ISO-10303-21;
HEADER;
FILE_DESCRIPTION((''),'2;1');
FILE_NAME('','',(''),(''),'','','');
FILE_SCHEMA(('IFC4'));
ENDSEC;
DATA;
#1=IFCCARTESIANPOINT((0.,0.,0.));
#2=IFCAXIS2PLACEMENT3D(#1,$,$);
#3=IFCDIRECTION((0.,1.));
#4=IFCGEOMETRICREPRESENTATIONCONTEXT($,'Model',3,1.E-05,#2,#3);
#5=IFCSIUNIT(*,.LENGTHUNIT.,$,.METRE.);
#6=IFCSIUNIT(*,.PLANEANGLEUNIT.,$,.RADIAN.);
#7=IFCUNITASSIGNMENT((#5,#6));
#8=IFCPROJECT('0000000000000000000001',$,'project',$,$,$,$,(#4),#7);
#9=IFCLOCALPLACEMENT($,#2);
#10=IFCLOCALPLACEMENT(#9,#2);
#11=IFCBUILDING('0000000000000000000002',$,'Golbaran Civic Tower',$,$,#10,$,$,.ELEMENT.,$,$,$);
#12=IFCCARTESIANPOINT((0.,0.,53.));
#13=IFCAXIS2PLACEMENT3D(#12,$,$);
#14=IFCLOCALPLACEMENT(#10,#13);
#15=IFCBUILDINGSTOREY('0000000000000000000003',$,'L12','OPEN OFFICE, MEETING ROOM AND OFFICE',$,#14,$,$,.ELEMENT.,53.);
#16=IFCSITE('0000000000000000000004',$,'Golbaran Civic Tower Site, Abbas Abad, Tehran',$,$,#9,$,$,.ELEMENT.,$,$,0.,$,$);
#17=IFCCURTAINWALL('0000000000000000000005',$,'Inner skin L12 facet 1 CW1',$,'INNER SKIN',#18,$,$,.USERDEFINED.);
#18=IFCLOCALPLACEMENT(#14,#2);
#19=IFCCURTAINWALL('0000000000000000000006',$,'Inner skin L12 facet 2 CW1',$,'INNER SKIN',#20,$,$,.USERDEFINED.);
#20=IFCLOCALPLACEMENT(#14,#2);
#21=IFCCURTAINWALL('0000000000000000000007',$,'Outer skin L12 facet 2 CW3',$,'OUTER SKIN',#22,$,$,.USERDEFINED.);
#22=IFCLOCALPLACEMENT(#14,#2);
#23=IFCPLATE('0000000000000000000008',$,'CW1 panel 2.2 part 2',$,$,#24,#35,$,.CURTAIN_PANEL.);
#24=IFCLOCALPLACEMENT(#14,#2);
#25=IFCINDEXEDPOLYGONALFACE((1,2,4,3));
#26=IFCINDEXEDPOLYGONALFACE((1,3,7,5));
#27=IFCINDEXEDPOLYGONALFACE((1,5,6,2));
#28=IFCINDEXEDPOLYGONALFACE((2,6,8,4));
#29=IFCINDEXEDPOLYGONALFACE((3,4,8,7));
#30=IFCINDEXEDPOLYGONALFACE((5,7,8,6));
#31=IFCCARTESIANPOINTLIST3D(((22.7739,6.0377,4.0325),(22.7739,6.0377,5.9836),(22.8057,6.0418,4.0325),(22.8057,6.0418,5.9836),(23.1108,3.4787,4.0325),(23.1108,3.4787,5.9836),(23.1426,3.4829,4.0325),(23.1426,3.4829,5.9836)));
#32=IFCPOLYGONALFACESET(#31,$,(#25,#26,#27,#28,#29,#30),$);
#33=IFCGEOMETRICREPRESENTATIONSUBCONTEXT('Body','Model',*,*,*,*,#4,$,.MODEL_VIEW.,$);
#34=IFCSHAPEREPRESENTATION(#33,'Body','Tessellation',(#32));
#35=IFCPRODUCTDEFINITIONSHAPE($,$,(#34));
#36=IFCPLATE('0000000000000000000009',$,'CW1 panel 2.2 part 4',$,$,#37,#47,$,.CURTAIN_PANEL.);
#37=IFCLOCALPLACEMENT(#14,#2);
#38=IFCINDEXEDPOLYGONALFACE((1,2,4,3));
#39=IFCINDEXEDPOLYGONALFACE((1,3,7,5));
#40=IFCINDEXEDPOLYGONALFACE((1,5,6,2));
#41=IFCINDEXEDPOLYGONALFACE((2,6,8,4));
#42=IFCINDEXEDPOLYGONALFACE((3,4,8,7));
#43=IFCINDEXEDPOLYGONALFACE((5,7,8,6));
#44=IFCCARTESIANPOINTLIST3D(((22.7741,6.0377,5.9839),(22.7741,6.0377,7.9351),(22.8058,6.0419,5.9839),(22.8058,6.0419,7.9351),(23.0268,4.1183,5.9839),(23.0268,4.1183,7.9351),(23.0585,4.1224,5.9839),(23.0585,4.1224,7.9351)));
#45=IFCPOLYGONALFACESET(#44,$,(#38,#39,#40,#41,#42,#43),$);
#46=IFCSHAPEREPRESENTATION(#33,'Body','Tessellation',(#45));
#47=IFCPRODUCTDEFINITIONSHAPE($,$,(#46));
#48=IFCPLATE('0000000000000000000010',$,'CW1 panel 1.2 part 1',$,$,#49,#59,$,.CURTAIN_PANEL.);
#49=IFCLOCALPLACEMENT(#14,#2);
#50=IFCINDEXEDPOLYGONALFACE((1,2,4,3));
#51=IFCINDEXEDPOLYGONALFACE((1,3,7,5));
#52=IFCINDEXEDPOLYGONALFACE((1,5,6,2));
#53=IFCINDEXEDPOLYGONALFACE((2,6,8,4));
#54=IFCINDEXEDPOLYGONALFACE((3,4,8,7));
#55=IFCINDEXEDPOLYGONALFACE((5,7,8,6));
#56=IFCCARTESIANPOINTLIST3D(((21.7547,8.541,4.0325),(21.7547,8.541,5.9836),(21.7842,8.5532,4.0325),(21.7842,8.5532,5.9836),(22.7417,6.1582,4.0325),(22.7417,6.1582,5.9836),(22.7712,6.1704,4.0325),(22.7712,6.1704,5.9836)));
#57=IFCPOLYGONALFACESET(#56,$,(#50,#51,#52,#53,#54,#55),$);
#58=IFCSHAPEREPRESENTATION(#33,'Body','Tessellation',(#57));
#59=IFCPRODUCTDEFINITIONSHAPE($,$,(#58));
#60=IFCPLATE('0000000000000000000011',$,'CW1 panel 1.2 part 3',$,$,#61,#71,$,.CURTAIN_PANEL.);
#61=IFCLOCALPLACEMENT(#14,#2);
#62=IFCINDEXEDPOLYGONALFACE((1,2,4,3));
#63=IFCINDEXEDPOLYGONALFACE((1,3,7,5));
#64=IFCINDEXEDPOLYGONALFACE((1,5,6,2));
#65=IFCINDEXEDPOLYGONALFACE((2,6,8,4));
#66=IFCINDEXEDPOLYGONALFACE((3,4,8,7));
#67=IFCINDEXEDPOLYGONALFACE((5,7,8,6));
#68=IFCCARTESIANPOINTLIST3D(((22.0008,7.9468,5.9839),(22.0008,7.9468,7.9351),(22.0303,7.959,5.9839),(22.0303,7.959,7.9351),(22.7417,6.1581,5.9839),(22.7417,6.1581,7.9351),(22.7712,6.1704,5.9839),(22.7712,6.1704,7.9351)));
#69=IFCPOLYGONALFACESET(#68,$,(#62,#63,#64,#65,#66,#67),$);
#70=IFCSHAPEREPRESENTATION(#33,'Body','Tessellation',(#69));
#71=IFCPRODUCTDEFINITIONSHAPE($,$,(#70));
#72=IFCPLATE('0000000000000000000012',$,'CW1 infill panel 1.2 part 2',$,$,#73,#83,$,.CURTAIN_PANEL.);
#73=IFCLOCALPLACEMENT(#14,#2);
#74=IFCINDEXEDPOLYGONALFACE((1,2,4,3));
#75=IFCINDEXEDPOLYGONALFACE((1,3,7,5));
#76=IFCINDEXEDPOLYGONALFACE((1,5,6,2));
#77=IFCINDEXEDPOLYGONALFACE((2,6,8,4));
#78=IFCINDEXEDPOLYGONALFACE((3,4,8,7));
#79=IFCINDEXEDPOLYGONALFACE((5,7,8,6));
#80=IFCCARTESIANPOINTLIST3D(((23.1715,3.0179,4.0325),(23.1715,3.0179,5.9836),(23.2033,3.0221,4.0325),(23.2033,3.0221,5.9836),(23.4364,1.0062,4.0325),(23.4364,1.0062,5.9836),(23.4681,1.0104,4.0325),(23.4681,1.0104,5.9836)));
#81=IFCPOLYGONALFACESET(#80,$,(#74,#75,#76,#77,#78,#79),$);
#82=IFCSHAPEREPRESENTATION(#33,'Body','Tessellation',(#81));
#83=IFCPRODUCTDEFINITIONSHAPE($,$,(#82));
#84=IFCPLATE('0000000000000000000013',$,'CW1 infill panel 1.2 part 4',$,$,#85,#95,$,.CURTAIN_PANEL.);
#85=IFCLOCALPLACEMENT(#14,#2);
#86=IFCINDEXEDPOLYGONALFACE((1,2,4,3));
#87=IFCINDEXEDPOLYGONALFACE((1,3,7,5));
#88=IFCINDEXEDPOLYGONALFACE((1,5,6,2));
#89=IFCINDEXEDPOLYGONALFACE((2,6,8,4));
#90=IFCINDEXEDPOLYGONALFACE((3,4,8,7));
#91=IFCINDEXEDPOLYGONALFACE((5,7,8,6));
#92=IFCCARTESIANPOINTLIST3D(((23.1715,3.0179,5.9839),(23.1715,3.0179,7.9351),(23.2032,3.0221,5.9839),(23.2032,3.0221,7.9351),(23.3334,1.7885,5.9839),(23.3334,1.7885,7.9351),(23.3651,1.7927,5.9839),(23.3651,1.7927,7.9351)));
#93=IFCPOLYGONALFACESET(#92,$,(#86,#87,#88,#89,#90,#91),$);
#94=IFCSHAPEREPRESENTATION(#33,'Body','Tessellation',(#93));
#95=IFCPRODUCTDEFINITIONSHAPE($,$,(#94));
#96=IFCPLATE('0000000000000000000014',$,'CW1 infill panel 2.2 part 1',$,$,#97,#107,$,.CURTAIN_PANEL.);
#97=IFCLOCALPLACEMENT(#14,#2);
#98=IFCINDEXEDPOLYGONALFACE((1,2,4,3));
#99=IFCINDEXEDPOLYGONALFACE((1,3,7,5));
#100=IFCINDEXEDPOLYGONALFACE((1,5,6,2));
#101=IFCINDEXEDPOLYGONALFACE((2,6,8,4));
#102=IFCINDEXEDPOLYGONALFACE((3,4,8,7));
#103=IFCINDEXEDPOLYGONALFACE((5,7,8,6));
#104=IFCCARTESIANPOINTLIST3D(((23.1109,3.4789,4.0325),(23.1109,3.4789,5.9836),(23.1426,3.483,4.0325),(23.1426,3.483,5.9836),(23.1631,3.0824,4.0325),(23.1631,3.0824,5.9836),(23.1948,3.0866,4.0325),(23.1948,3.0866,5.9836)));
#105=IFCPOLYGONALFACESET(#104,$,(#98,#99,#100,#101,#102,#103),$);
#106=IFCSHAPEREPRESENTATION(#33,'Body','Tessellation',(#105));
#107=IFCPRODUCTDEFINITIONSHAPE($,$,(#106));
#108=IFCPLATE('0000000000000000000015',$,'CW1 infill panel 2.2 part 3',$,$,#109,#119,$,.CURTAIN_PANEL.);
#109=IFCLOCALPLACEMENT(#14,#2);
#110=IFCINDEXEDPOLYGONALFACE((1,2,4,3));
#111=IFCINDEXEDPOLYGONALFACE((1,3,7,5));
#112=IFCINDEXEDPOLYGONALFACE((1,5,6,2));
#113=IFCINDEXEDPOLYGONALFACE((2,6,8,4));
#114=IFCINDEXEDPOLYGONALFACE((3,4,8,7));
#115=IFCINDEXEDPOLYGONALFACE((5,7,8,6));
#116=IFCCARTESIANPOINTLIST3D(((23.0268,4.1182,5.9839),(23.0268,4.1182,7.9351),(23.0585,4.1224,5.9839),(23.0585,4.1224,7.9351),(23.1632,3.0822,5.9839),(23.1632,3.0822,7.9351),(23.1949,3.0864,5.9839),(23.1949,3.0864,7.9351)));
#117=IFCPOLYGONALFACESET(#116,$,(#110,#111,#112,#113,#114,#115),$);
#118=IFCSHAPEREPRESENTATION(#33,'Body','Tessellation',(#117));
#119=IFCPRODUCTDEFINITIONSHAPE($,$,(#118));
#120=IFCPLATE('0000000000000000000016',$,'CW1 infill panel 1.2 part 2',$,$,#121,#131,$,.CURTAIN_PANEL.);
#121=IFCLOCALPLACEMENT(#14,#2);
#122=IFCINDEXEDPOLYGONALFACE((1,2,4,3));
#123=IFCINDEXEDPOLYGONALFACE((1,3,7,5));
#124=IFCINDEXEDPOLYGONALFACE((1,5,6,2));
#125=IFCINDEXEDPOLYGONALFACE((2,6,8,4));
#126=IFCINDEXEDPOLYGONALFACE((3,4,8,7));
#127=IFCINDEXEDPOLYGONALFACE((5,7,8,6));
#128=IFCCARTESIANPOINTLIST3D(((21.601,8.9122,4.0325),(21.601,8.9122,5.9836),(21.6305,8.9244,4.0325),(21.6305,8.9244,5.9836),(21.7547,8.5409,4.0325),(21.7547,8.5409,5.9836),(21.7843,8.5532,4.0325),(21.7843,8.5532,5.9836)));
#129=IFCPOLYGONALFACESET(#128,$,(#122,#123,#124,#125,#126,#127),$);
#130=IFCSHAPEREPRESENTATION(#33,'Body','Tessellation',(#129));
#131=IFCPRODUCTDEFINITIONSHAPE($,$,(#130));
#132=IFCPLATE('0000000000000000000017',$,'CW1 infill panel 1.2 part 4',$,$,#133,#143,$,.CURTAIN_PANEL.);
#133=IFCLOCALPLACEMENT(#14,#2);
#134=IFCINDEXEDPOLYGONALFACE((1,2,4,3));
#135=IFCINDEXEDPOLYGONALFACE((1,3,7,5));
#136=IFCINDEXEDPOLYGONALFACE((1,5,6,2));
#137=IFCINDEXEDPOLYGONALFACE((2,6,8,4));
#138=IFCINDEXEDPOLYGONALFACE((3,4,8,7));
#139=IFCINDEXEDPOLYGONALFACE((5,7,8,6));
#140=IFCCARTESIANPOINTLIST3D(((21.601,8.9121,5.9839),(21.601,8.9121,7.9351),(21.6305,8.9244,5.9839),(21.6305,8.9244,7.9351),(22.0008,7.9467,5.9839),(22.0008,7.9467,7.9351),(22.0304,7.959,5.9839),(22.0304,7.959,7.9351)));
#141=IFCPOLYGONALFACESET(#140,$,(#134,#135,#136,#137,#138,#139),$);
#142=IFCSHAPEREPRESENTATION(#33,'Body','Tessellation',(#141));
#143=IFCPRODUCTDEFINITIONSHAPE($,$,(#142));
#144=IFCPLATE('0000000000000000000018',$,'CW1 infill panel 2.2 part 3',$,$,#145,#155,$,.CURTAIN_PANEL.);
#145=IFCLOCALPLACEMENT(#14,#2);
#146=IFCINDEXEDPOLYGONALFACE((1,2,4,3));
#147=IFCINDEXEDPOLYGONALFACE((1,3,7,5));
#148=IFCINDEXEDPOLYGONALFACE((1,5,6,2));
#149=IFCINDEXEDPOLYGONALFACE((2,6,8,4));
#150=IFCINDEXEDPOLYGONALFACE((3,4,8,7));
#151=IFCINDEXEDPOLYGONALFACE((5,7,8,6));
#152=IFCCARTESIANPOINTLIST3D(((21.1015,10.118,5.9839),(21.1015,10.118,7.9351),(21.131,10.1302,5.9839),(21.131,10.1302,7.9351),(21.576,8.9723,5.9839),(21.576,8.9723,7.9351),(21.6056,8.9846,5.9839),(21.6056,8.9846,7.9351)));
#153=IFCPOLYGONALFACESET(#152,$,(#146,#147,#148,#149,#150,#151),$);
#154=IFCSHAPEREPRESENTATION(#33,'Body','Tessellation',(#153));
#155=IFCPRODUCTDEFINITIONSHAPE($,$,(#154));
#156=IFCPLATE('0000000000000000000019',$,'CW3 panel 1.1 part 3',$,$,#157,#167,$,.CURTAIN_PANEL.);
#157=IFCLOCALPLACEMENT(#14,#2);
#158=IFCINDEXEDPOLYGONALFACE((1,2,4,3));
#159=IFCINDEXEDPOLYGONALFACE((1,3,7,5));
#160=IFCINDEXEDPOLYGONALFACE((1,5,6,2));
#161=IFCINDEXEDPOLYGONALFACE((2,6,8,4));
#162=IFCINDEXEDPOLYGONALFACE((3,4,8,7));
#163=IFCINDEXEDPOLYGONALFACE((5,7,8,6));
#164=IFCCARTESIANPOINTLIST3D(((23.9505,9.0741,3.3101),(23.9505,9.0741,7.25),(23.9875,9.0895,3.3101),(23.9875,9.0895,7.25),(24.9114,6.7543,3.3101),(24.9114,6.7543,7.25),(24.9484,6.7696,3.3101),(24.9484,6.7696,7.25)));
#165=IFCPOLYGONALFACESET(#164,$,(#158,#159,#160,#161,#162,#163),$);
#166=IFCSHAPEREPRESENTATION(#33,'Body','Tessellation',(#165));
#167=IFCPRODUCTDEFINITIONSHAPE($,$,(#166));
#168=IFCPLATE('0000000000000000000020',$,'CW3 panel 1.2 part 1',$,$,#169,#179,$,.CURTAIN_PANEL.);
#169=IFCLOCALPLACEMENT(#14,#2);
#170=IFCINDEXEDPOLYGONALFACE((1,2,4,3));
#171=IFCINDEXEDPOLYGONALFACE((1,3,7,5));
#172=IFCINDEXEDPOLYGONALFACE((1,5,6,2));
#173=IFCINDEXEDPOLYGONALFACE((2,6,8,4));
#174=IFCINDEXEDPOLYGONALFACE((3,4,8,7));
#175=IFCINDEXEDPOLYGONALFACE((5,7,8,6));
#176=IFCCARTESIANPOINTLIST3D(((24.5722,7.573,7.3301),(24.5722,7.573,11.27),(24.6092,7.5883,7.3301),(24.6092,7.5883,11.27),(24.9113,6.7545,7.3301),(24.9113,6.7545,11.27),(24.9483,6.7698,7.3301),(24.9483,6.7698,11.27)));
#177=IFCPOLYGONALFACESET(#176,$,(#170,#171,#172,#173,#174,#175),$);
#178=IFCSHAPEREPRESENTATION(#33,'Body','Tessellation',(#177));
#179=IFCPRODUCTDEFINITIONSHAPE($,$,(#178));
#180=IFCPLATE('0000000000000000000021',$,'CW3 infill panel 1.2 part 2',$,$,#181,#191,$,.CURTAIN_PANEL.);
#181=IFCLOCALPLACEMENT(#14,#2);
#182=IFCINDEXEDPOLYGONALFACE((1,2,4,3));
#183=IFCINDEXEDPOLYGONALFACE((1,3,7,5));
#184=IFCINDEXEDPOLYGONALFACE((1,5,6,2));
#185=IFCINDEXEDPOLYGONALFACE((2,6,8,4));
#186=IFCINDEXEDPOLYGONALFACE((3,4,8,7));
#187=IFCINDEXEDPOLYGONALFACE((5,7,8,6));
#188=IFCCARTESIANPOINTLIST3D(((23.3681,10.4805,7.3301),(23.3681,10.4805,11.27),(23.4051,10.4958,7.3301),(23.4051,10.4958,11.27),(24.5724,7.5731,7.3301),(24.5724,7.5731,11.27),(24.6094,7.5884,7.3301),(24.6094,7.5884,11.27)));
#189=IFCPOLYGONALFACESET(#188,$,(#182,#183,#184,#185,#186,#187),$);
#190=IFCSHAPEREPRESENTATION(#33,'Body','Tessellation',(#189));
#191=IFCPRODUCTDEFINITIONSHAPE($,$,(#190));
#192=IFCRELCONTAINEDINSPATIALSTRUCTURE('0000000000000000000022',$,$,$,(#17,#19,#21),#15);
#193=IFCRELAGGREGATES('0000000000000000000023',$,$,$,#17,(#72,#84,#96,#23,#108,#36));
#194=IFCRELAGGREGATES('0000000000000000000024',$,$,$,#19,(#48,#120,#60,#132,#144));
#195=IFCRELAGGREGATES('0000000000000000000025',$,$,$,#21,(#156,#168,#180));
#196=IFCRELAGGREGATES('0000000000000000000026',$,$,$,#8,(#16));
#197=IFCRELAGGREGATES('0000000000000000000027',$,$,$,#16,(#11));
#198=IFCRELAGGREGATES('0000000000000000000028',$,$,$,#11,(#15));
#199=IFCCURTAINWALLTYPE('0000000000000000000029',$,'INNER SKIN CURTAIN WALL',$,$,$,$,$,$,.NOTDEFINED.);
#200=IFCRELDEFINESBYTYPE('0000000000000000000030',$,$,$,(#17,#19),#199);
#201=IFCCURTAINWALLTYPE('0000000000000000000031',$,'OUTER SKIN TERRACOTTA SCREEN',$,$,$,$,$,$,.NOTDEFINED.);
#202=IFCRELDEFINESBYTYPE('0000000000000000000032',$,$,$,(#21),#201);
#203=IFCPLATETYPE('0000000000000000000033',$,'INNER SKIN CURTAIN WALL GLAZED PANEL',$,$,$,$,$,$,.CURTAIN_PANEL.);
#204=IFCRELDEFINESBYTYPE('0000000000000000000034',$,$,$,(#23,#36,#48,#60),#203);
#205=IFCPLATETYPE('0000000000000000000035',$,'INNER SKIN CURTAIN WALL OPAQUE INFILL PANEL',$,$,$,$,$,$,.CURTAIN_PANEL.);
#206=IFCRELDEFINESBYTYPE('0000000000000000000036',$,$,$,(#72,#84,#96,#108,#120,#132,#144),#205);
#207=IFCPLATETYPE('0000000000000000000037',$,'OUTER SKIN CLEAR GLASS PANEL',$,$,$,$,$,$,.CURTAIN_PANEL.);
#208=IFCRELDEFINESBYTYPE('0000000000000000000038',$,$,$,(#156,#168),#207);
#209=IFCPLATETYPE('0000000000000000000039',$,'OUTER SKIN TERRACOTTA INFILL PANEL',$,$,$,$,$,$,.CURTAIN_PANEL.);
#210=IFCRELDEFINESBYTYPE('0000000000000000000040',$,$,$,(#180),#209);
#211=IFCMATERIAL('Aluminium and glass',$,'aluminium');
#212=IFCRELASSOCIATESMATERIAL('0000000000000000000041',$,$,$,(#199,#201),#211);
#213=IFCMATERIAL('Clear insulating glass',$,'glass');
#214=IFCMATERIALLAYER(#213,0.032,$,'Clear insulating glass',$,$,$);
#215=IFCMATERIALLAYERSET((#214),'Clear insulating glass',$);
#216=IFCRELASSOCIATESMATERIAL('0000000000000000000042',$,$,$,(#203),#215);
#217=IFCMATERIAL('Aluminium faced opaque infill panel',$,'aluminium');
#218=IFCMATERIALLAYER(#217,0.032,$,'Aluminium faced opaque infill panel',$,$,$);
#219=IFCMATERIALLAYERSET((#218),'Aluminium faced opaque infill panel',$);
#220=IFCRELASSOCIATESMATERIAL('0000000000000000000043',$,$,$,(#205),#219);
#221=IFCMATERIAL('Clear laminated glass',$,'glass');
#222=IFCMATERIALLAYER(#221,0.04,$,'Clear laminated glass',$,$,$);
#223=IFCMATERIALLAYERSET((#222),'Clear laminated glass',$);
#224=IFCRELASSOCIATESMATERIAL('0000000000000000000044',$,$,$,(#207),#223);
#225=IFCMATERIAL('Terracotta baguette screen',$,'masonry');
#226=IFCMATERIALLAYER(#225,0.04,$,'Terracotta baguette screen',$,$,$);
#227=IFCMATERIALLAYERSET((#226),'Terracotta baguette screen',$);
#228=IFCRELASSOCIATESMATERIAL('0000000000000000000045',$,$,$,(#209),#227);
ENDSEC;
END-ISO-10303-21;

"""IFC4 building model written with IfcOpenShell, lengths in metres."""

from ifc_helpers import new_model, si_unit, direction, frame, origin, origin_2d, place, context, subcontext, project, spatial, rectangle, extrude, material, layer, layer_set, type_object, element, aggregate, save


model = new_model("IFC4")

# Units and contexts
model_context = context("Model", 3, precision=1e-05, world=origin(), true_north=direction((0.0, 1.0)))
body_context = subcontext(model_context, "Body", "Model", "MODEL_VIEW")
ifc_project = project(units=[si_unit("LENGTHUNIT", "METRE"), si_unit("PLANEANGLEUNIT", "RADIAN")], contexts=[model_context])

# Site, building, storey
site_placement = place(None, origin())
site = spatial("IfcSite", under=ifc_project, at=site_placement, Name="Golbaran Civic Tower Site, Abbas Abad, Tehran", CompositionType="ELEMENT", RefElevation=0.0)
building_placement = place(site_placement, origin())
building = spatial("IfcBuilding", under=site, at=building_placement, Name="Golbaran Civic Tower", CompositionType="ELEMENT")
storey_placement = place(building_placement, frame((0.0, 0.0, 53.0)))
storey = spatial("IfcBuildingStorey", under=building, at=storey_placement, Name="L12", Description="OPEN OFFICE, MEETING ROOM AND OFFICE", CompositionType="ELEMENT", Elevation=53.0)

# Curtain walls
ifc_material_1 = material(Name="Aluminium and glass", Category="aluminium")
curtain_wall_type_1 = type_object("IfcCurtainWallType", Name="INNER SKIN CURTAIN WALL", PredefinedType="NOTDEFINED", material=ifc_material_1)
curtain_wall_1_placement = place(storey_placement, origin())
curtain_wall_1 = element("IfcCurtainWall", 1, at=curtain_wall_1_placement, inside=storey, type_object=curtain_wall_type_1, Name="Inner skin L12 facet 1 CW1", ObjectType="INNER SKIN", PredefinedType="USERDEFINED")
curtain_wall_2_placement = place(storey_placement, origin())
curtain_wall_2 = element("IfcCurtainWall", 2, at=curtain_wall_2_placement, inside=storey, type_object=curtain_wall_type_1, Name="Inner skin L12 facet 2 CW1", ObjectType="INNER SKIN", PredefinedType="USERDEFINED")
curtain_wall_type_2 = type_object("IfcCurtainWallType", Name="OUTER SKIN TERRACOTTA SCREEN", PredefinedType="NOTDEFINED", material=ifc_material_1)
curtain_wall_3_placement = place(storey_placement, origin())
curtain_wall_3 = element("IfcCurtainWall", 3, at=curtain_wall_3_placement, inside=storey, type_object=curtain_wall_type_2, Name="Outer skin L12 facet 2 CW3", ObjectType="OUTER SKIN", PredefinedType="USERDEFINED")

# Plates
ifc_material_2 = material(Name="Clear insulating glass", Category="glass")
ifc_layer_1 = layer(ifc_material_2, 0.032, Name="Clear insulating glass")
ifc_layer_set_1 = layer_set([ifc_layer_1], Name="Clear insulating glass")
plate_type_1 = type_object("IfcPlateType", Name="INNER SKIN CURTAIN WALL GLAZED PANEL", PredefinedType="CURTAIN_PANEL", material=ifc_layer_set_1)
plate_1_placement = place(storey_placement, frame((22.9583, 4.7603, 4.0325), z_axis=(0.0, 0.0, 1.0), x_axis=(-0.130526, 0.991445, 0.0)))
plate_1 = element("IfcPlate", 4, at=plate_1_placement, type_object=plate_type_1, Name="CW1 panel 2.2 part 2", PredefinedType="CURTAIN_PANEL", context=body_context, shape_type="SweptSolid", body=[
    extrude(rectangle(XDim=2.5811, YDim=0.032, at=origin_2d()), origin(), (0.0, 0.0, 1.0), 1.9512),
])
plate_2_placement = place(storey_placement, frame((22.9163, 5.0801, 5.9839), z_axis=(0.0, 0.0, 1.0), x_axis=(-0.130526, 0.991445, 0.0)))
plate_2 = element("IfcPlate", 5, at=plate_2_placement, type_object=plate_type_1, Name="CW1 panel 2.2 part 4", PredefinedType="CURTAIN_PANEL", context=body_context, shape_type="SweptSolid", body=[
    extrude(rectangle(XDim=1.936, YDim=0.032, at=origin_2d()), origin(), (0.0, 0.0, 1.0), 1.9512),
])
plate_3_placement = place(storey_placement, frame((22.2629, 7.3557, 4.0325), z_axis=(0.0, 0.0, 1.0), x_axis=(-0.382683, 0.92388, 0.0)))
plate_3 = element("IfcPlate", 6, at=plate_3_placement, type_object=plate_type_1, Name="CW1 panel 1.2 part 1", PredefinedType="CURTAIN_PANEL", context=body_context, shape_type="SweptSolid", body=[
    extrude(rectangle(XDim=2.5791, YDim=0.032, at=origin_2d()), origin(), (0.0, 0.0, 1.0), 1.9512),
])
plate_4_placement = place(storey_placement, frame((22.386, 7.0586, 5.9839), z_axis=(0.0, 0.0, 1.0), x_axis=(-0.382683, 0.92388, 0.0)))
plate_4 = element("IfcPlate", 7, at=plate_4_placement, type_object=plate_type_1, Name="CW1 panel 1.2 part 3", PredefinedType="CURTAIN_PANEL", context=body_context, shape_type="SweptSolid", body=[
    extrude(rectangle(XDim=1.936, YDim=0.032, at=origin_2d()), origin(), (0.0, 0.0, 1.0), 1.9512),
])
ifc_material_3 = material(Name="Aluminium faced opaque infill panel", Category="aluminium")
ifc_layer_2 = layer(ifc_material_3, 0.032, Name="Aluminium faced opaque infill panel")
ifc_layer_set_2 = layer_set([ifc_layer_2], Name="Aluminium faced opaque infill panel")
plate_type_2 = type_object("IfcPlateType", Name="INNER SKIN CURTAIN WALL OPAQUE INFILL PANEL", PredefinedType="CURTAIN_PANEL", material=ifc_layer_set_2)
plate_5_placement = place(storey_placement, frame((23.3198, 2.0142, 4.0325), z_axis=(0.0, 0.0, 1.0), x_axis=(-0.130526, 0.991445, 0.0)))
plate_5 = element("IfcPlate", 8, at=plate_5_placement, type_object=plate_type_2, Name="CW1 infill panel 1.2 part 2", PredefinedType="CURTAIN_PANEL", context=body_context, shape_type="SweptSolid", body=[
    extrude(rectangle(XDim=2.0291, YDim=0.032, at=origin_2d()), origin(), (0.0, 0.0, 1.0), 1.9512),
])
plate_6_placement = place(storey_placement, frame((23.2683, 2.4053, 5.9839), z_axis=(0.0, 0.0, 1.0), x_axis=(-0.130526, 0.991445, 0.0)))
plate_6 = element("IfcPlate", 9, at=plate_6_placement, type_object=plate_type_2, Name="CW1 infill panel 1.2 part 4", PredefinedType="CURTAIN_PANEL", context=body_context, shape_type="SweptSolid", body=[
    extrude(rectangle(XDim=1.24, YDim=0.032, at=origin_2d()), origin(), (0.0, 0.0, 1.0), 1.9512),
])
plate_7_placement = place(storey_placement, frame((23.1528, 3.2827, 4.0325), z_axis=(0.0, 0.0, 1.0), x_axis=(-0.130526, 0.991445, 0.0)))
plate_7 = element("IfcPlate", 10, at=plate_7_placement, type_object=plate_type_2, Name="CW1 infill panel 2.2 part 1", PredefinedType="CURTAIN_PANEL", context=body_context, shape_type="SweptSolid", body=[
    extrude(rectangle(XDim=0.3999, YDim=0.032, at=origin_2d()), origin(), (0.0, 0.0, 1.0), 1.9512),
])
plate_8_placement = place(storey_placement, frame((23.1108, 3.6023, 5.9839), z_axis=(0.0, 0.0, 1.0), x_axis=(-0.130526, 0.991445, 0.0)))
plate_8 = element("IfcPlate", 11, at=plate_8_placement, type_object=plate_type_2, Name="CW1 infill panel 2.2 part 3", PredefinedType="CURTAIN_PANEL", context=body_context, shape_type="SweptSolid", body=[
    extrude(rectangle(XDim=1.0449, YDim=0.032, at=origin_2d()), origin(), (0.0, 0.0, 1.0), 1.9512),
])
aggregate(curtain_wall_1, [plate_5, plate_6, plate_7, plate_1, plate_8, plate_2])
plate_9_placement = place(storey_placement, frame((21.6926, 8.7327, 4.0325), z_axis=(0.0, 0.0, 1.0), x_axis=(-0.382683, 0.92388, 0.0)))
plate_9 = element("IfcPlate", 12, at=plate_9_placement, type_object=plate_type_2, Name="CW1 infill panel 1.2 part 2", PredefinedType="CURTAIN_PANEL", context=body_context, shape_type="SweptSolid", body=[
    extrude(rectangle(XDim=0.4019, YDim=0.032, at=origin_2d()), origin(), (0.0, 0.0, 1.0), 1.9512),
])
plate_10_placement = place(storey_placement, frame((21.8157, 8.4355, 5.9839), z_axis=(0.0, 0.0, 1.0), x_axis=(-0.382683, 0.92388, 0.0)))
plate_10 = element("IfcPlate", 13, at=plate_10_placement, type_object=plate_type_2, Name="CW1 infill panel 1.2 part 4", PredefinedType="CURTAIN_PANEL", context=body_context, shape_type="SweptSolid", body=[
    extrude(rectangle(XDim=1.0449, YDim=0.032, at=origin_2d()), origin(), (0.0, 0.0, 1.0), 1.9512),
])
plate_11_placement = place(storey_placement, frame((21.3535, 9.5513, 5.9839), z_axis=(0.0, 0.0, 1.0), x_axis=(-0.382683, 0.92388, 0.0)))
plate_11 = element("IfcPlate", 14, at=plate_11_placement, type_object=plate_type_2, Name="CW1 infill panel 2.2 part 3", PredefinedType="CURTAIN_PANEL", context=body_context, shape_type="SweptSolid", body=[
    extrude(rectangle(XDim=1.24, YDim=0.032, at=origin_2d()), origin(), (0.0, 0.0, 1.0), 1.9512),
])
aggregate(curtain_wall_2, [plate_3, plate_9, plate_4, plate_10, plate_11])
ifc_material_4 = material(Name="Clear laminated glass", Category="glass")
ifc_layer_3 = layer(ifc_material_4, 0.04, Name="Clear laminated glass")
ifc_layer_set_3 = layer_set([ifc_layer_3], Name="Clear laminated glass")
plate_type_3 = type_object("IfcPlateType", Name="OUTER SKIN CLEAR GLASS PANEL", PredefinedType="CURTAIN_PANEL", material=ifc_layer_set_3)
plate_12_placement = place(storey_placement, frame((24.4495, 7.9219, 3.3101), z_axis=(0.0, 0.0, 1.0), x_axis=(-0.382683, 0.92388, 0.0)))
plate_12 = element("IfcPlate", 15, at=plate_12_placement, type_object=plate_type_3, Name="CW3 panel 1.1 part 3", PredefinedType="CURTAIN_PANEL", context=body_context, shape_type="SweptSolid", body=[
    extrude(rectangle(XDim=2.511, YDim=0.04, at=origin_2d()), origin(), (0.0, 0.0, 1.0), 3.9399),
])
plate_13_placement = place(storey_placement, frame((24.7603, 7.1714, 7.3301), z_axis=(0.0, 0.0, 1.0), x_axis=(-0.382683, 0.92388, 0.0)))
plate_13 = element("IfcPlate", 16, at=plate_13_placement, type_object=plate_type_3, Name="CW3 panel 1.2 part 1", PredefinedType="CURTAIN_PANEL", context=body_context, shape_type="SweptSolid", body=[
    extrude(rectangle(XDim=0.886, YDim=0.04, at=origin_2d()), origin(), (0.0, 0.0, 1.0), 3.9399),
])
ifc_material_5 = material(Name="Terracotta baguette screen", Category="masonry")
ifc_layer_4 = layer(ifc_material_5, 0.04, Name="Terracotta baguette screen")
ifc_layer_set_4 = layer_set([ifc_layer_4], Name="Terracotta baguette screen")
plate_type_4 = type_object("IfcPlateType", Name="OUTER SKIN TERRACOTTA INFILL PANEL", PredefinedType="CURTAIN_PANEL", material=ifc_layer_set_4)
plate_14_placement = place(storey_placement, frame((23.9888, 9.0344, 7.3301), z_axis=(0.0, 0.0, 1.0), x_axis=(-0.382683, 0.92388, 0.0)))
plate_14 = element("IfcPlate", 17, at=plate_14_placement, type_object=plate_type_4, Name="CW3 infill panel 1.2 part 2", PredefinedType="CURTAIN_PANEL", context=body_context, shape_type="SweptSolid", body=[
    extrude(rectangle(XDim=3.147, YDim=0.04, at=origin_2d()), origin(), (0.0, 0.0, 1.0), 3.9399),
])
aggregate(curtain_wall_3, [plate_12, plate_13, plate_14])

save(model, "model.ifc")
